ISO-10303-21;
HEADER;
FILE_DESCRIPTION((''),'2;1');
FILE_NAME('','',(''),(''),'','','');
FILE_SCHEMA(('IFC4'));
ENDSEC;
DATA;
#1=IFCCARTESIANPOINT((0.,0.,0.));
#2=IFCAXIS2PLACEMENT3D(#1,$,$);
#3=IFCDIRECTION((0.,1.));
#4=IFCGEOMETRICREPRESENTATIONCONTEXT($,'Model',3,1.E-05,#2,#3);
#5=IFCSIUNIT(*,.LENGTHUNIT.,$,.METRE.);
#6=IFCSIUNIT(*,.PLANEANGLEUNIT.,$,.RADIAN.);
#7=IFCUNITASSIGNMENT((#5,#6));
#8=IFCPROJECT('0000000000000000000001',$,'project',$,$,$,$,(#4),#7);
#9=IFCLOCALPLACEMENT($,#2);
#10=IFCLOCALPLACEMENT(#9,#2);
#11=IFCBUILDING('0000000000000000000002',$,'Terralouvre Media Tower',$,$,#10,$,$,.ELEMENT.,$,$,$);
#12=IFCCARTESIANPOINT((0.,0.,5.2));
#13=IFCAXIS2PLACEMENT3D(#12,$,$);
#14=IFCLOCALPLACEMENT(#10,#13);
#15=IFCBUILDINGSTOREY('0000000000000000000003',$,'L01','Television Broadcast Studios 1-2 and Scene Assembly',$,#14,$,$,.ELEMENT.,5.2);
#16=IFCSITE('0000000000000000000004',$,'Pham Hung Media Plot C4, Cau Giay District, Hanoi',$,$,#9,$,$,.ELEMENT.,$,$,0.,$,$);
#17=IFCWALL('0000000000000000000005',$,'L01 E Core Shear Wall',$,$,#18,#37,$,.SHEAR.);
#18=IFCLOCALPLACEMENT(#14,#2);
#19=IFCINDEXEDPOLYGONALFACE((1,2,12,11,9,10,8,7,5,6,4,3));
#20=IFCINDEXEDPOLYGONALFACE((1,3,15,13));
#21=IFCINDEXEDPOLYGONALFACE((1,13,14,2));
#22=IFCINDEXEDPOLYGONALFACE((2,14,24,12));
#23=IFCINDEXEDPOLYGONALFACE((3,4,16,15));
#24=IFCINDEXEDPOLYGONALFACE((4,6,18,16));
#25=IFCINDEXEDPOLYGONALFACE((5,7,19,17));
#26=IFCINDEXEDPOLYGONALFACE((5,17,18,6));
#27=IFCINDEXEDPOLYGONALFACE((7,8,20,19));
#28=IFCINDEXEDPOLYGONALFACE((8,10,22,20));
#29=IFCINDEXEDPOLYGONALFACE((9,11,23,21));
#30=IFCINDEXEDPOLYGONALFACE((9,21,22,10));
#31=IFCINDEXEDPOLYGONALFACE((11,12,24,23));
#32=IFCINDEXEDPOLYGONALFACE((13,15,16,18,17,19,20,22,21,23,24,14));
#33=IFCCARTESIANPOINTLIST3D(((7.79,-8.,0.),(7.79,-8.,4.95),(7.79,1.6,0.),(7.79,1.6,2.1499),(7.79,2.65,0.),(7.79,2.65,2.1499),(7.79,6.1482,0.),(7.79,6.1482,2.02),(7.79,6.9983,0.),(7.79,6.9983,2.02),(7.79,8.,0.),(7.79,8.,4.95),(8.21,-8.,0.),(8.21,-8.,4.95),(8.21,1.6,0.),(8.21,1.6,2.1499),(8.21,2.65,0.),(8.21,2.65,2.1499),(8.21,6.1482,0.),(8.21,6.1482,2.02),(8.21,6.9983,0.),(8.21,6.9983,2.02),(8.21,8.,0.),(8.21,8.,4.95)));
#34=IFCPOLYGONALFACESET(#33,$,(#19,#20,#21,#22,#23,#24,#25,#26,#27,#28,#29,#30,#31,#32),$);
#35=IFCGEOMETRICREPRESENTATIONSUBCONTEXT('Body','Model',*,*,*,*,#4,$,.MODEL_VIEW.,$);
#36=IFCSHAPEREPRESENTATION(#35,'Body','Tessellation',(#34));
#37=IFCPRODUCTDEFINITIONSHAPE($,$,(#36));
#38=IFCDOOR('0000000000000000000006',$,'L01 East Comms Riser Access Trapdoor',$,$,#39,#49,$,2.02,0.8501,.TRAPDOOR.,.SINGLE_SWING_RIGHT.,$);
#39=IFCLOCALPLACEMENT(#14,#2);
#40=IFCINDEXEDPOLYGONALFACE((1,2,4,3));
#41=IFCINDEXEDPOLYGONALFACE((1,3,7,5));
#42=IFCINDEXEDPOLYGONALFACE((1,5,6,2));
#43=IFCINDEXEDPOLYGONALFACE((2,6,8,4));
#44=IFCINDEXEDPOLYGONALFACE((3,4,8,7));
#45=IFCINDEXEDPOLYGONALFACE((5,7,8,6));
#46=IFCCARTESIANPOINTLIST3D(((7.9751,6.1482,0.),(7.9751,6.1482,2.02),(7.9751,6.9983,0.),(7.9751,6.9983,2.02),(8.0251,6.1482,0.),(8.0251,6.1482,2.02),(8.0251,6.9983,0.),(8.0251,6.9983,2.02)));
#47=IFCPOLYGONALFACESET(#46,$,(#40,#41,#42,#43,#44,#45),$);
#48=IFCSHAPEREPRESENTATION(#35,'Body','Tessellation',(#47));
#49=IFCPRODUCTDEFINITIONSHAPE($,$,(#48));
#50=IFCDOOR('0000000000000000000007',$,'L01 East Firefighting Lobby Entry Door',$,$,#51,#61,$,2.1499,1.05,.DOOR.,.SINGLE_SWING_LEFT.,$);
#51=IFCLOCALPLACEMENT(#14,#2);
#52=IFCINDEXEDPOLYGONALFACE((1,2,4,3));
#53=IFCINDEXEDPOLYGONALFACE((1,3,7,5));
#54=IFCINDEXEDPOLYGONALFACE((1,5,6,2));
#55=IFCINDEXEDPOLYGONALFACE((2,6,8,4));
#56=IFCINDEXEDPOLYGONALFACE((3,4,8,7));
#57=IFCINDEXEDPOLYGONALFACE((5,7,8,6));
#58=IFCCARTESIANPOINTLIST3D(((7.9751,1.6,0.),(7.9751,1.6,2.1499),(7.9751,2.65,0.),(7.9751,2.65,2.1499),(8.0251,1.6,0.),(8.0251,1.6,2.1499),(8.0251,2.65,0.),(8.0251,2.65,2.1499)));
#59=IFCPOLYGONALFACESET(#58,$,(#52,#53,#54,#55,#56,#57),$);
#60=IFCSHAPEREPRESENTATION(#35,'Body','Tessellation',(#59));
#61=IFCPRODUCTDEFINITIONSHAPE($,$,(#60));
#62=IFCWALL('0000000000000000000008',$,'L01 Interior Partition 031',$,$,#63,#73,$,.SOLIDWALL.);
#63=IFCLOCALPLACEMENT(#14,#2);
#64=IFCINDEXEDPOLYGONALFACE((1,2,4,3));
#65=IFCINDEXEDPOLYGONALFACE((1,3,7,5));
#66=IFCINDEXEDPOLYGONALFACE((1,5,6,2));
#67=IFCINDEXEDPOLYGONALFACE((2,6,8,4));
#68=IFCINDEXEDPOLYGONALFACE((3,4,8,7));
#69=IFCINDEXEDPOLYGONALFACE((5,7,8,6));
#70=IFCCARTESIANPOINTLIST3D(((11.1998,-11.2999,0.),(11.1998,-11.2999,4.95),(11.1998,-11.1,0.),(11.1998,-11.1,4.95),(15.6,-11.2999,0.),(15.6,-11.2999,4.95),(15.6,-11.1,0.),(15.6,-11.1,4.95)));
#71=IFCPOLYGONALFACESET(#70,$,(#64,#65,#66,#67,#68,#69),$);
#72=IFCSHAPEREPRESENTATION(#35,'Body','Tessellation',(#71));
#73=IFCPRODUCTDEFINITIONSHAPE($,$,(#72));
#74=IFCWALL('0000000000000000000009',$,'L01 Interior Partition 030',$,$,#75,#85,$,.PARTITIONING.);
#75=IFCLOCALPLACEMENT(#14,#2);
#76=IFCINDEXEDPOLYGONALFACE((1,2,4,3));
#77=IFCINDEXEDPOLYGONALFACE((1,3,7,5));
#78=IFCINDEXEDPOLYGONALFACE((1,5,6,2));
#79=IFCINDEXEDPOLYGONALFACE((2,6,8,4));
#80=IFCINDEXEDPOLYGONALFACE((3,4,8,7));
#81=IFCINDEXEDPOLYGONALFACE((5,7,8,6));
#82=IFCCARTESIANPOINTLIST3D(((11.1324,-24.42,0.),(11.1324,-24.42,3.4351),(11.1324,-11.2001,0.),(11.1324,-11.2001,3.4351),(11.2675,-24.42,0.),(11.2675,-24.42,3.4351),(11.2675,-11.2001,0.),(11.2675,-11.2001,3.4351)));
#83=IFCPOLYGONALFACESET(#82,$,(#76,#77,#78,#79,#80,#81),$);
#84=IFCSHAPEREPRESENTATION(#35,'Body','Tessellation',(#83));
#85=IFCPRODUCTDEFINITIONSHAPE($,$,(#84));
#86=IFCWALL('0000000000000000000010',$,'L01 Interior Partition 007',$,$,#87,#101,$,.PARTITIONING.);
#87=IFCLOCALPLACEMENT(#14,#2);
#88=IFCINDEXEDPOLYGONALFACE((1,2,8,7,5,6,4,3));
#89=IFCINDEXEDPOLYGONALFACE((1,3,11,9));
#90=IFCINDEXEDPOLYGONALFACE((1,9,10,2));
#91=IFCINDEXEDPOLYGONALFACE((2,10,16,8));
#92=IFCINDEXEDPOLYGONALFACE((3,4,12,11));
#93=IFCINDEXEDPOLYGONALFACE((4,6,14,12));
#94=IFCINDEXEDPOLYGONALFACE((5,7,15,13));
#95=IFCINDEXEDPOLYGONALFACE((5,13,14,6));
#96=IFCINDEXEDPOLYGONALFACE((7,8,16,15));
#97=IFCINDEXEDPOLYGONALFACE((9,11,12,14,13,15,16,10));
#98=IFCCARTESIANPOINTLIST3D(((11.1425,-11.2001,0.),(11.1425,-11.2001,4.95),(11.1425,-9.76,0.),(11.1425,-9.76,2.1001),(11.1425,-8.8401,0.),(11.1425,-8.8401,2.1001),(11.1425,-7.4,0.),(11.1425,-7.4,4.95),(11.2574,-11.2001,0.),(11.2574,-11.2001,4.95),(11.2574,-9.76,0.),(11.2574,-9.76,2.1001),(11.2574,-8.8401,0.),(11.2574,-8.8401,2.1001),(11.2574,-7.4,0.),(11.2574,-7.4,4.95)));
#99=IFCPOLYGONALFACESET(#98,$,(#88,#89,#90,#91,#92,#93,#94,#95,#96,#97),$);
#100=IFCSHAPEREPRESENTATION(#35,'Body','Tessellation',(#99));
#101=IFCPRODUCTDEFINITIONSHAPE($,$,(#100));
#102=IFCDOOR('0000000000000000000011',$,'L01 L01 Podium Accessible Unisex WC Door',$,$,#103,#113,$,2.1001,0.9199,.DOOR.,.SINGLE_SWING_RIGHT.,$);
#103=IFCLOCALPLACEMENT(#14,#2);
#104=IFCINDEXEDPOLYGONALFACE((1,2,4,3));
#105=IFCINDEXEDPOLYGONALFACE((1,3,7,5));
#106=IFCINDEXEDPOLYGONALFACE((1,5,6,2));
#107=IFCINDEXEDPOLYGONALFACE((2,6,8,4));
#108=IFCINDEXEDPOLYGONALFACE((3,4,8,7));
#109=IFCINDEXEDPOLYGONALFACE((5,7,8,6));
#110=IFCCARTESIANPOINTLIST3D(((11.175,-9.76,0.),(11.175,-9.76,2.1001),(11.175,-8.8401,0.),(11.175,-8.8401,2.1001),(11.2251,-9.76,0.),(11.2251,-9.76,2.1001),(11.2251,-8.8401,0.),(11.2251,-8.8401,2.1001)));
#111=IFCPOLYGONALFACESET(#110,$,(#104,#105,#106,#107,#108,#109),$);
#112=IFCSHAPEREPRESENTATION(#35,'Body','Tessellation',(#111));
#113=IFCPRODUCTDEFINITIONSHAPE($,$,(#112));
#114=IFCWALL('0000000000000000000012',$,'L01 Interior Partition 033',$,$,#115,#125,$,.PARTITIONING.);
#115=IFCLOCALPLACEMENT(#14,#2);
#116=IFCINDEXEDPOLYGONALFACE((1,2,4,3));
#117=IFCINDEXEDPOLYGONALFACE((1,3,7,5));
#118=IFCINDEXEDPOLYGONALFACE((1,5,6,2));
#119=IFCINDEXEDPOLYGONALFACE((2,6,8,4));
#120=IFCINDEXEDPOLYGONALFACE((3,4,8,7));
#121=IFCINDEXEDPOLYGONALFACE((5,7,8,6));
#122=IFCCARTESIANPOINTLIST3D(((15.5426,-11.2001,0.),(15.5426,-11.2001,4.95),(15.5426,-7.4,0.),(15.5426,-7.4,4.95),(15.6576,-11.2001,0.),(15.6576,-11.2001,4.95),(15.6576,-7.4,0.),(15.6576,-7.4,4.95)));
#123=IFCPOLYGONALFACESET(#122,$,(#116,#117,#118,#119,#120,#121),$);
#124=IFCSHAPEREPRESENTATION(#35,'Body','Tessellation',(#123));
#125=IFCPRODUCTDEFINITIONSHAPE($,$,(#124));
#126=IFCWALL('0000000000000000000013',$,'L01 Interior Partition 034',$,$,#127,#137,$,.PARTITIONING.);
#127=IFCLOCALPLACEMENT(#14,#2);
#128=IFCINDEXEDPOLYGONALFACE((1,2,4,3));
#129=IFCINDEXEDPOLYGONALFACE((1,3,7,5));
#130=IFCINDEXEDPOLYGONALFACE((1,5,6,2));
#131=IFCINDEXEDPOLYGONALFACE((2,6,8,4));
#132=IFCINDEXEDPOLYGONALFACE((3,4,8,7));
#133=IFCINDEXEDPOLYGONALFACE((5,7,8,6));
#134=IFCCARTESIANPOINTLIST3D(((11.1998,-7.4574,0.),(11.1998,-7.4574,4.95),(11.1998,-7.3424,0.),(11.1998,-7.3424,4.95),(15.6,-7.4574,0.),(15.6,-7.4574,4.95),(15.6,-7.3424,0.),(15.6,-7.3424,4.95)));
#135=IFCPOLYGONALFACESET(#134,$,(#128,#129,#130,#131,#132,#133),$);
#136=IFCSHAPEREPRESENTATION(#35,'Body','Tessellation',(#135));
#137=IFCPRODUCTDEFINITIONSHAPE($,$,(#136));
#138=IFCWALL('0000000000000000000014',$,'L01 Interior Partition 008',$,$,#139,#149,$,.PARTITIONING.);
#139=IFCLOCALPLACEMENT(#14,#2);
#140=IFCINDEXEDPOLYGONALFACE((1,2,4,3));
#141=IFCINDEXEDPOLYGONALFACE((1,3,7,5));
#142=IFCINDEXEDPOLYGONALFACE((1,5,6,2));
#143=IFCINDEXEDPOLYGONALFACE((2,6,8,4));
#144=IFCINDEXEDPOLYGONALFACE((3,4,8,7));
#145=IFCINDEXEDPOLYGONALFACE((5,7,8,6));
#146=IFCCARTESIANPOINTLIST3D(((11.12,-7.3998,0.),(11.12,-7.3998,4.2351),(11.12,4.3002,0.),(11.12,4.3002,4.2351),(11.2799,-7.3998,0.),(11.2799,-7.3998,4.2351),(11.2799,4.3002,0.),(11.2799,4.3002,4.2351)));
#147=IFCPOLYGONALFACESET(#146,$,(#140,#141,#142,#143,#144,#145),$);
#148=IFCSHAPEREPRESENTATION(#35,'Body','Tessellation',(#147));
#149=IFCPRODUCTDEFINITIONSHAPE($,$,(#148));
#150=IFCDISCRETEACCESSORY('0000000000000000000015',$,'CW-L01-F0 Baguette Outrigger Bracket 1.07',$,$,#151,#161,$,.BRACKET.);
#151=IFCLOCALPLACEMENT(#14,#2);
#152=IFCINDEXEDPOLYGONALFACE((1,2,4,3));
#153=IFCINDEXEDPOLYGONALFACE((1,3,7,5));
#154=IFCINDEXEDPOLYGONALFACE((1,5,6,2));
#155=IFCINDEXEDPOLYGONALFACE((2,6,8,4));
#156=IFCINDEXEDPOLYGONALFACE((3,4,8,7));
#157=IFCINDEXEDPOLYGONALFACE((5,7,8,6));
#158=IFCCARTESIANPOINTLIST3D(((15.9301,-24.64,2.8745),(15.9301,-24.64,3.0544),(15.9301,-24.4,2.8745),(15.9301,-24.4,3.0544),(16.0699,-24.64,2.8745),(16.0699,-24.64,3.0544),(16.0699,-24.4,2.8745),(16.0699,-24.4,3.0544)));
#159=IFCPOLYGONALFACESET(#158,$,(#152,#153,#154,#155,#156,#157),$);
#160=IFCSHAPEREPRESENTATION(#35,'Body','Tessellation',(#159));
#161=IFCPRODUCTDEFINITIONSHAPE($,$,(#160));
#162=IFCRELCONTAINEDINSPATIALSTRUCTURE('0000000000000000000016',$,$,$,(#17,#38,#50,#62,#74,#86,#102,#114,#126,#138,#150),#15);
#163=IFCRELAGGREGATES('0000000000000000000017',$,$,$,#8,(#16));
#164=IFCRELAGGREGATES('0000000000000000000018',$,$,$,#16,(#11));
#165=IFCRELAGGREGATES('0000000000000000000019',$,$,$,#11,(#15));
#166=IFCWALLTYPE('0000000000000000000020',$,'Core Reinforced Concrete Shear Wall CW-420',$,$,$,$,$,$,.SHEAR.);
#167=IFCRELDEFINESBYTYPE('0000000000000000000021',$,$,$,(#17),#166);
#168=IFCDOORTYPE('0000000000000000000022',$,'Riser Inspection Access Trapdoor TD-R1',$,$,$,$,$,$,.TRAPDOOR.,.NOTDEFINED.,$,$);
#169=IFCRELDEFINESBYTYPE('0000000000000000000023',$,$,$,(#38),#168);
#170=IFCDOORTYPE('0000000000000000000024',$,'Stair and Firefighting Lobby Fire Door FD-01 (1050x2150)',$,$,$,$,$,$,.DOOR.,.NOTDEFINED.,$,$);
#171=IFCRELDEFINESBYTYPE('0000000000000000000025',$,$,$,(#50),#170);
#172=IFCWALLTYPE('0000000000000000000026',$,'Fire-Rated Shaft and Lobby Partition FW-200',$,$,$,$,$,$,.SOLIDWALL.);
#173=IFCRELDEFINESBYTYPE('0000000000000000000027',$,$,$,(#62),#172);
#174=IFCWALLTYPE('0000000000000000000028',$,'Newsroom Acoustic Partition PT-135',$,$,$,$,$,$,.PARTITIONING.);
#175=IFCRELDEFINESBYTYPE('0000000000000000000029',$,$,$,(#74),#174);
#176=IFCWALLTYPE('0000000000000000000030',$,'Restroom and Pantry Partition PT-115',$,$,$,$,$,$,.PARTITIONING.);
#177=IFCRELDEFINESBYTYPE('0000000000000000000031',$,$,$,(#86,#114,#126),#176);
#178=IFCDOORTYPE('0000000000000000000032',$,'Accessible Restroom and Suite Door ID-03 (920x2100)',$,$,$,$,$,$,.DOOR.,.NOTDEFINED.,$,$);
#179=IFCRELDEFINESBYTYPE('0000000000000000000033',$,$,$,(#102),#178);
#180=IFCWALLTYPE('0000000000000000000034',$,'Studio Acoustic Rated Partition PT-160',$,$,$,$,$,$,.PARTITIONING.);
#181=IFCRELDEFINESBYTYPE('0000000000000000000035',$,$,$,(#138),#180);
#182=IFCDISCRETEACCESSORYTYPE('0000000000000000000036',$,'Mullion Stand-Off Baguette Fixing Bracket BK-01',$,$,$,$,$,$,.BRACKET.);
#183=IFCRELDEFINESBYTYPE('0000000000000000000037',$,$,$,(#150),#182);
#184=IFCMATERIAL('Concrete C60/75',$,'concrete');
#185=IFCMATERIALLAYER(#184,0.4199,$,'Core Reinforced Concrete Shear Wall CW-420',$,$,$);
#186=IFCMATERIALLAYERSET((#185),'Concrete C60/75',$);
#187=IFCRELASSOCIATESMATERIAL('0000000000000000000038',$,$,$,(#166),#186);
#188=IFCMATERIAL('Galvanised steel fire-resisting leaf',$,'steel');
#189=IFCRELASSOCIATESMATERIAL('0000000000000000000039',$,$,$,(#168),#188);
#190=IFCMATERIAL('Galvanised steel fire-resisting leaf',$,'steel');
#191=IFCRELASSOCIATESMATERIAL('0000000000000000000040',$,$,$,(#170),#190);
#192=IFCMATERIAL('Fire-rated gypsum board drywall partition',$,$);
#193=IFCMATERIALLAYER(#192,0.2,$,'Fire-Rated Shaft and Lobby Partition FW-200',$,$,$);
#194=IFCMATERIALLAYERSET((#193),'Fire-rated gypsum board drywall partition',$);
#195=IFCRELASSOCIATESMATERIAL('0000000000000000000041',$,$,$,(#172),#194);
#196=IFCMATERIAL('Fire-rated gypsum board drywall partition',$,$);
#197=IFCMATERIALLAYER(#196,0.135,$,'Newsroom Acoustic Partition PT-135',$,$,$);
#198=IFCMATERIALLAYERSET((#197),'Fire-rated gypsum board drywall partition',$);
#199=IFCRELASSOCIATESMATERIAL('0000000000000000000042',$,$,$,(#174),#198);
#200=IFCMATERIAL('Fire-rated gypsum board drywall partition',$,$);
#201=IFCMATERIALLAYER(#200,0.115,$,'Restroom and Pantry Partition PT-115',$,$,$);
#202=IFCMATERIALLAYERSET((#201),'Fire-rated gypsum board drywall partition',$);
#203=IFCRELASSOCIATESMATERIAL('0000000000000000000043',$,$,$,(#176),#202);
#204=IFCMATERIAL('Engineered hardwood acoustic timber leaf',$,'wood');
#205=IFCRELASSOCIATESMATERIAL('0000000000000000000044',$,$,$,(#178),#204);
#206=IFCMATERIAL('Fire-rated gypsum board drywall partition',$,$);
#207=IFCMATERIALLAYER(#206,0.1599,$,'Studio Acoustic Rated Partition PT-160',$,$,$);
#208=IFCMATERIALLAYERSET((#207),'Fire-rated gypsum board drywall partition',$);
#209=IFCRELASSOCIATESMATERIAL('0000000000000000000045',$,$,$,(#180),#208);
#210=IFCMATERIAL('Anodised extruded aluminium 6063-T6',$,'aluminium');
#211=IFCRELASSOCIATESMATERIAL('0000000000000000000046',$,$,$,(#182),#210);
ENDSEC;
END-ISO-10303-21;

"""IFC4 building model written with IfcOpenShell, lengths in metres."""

from ifc_helpers import new_model, si_unit, direction, frame, frame_2d, origin, origin_2d, place, context, subcontext, project, spatial, rectangle, extrude, material, layer, layer_set, type_object, element, fill, save


model = new_model("IFC4")

# Units and contexts
model_context = context("Model", 3, precision=1e-05, world=origin(), true_north=direction((0.0, 1.0)))
body_context = subcontext(model_context, "Body", "Model", "MODEL_VIEW")
ifc_project = project(units=[si_unit("LENGTHUNIT", "METRE"), si_unit("PLANEANGLEUNIT", "RADIAN")], contexts=[model_context])

# Site, building, storey
site_placement = place(None, origin())
site = spatial("IfcSite", under=ifc_project, at=site_placement, Name="Pham Hung Media Plot C4, Cau Giay District, Hanoi", CompositionType="ELEMENT", RefElevation=0.0)
building_placement = place(site_placement, origin())
building = spatial("IfcBuilding", under=site, at=building_placement, Name="Terralouvre Media Tower", CompositionType="ELEMENT")
storey_placement = place(building_placement, frame((0.0, 0.0, 5.2)))
storey = spatial("IfcBuildingStorey", under=building, at=storey_placement, Name="L01", Description="Television Broadcast Studios 1-2 and Scene Assembly", CompositionType="ELEMENT", Elevation=5.2)

# Wall, openings, doors
ifc_material_1 = material(Name="Concrete C60/75", Category="concrete")
ifc_layer_1 = layer(ifc_material_1, 0.4199, Name="Core Reinforced Concrete Shear Wall CW-420")
ifc_layer_set_1 = layer_set([ifc_layer_1], Name="Concrete C60/75")
wall_type_1 = type_object("IfcWallType", Name="Core Reinforced Concrete Shear Wall CW-420", PredefinedType="SHEAR", material=ifc_layer_set_1)
wall_1_placement = place(storey_placement, frame((8.0, -8.0, 0.0), z_axis=(0.0, 0.0, 1.0), x_axis=(0.0, 1.0, 0.0)))
wall_1 = element("IfcWall", 1, at=wall_1_placement, inside=storey, type_object=wall_type_1, Name="L01 E Core Shear Wall", PredefinedType="SHEAR", context=body_context, shape_type="SweptSolid", body=[
    extrude(rectangle(XDim=16.0, YDim=0.4199, at=frame_2d((8.0, 0.0))), origin(), (0.0, 0.0, 1.0), 4.95),
])
opening_1_placement = place(wall_1_placement, frame((9.6001, 0.0, 0.0)))
opening_1 = element("IfcOpeningElement", 2, at=opening_1_placement, cuts=wall_1, PredefinedType="OPENING", context=body_context, shape_type="SweptSolid", body=[
    extrude(rectangle(XDim=1.05, YDim=2.1499, at=frame_2d((0.5249, 1.075))), frame((0.0, 0.22, 0.0), z_axis=(0.0, -1.0, 0.0), x_axis=(1.0, 0.0, 0.0)), (0.0, 0.0, 1.0), 0.4399),
])
opening_2_placement = place(wall_1_placement, frame((14.1482, 0.0, 0.0)))
opening_2 = element("IfcOpeningElement", 3, at=opening_2_placement, cuts=wall_1, PredefinedType="OPENING", context=body_context, shape_type="SweptSolid", body=[
    extrude(rectangle(XDim=0.8501, YDim=2.02, at=frame_2d((0.425, 1.01))), frame((0.0, 0.22, 0.0), z_axis=(0.0, -1.0, 0.0), x_axis=(1.0, 0.0, 0.0)), (0.0, 0.0, 1.0), 0.4399),
])
ifc_material_2 = material(Name="Galvanised steel fire-resisting leaf", Category="steel")
door_type_1 = type_object("IfcDoorType", Name="Riser Inspection Access Trapdoor TD-R1", OperationType="NOTDEFINED", PredefinedType="TRAPDOOR", material=ifc_material_2)
door_1_placement = place(opening_2_placement, origin())
door_1 = element("IfcDoor", 4, at=door_1_placement, inside=storey, type_object=door_type_1, Name="L01 East Comms Riser Access Trapdoor", OperationType="SINGLE_SWING_RIGHT", OverallHeight=2.02, OverallWidth=0.8501, PredefinedType="TRAPDOOR", context=body_context, shape_type="SweptSolid", body=[
    extrude(rectangle(XDim=0.8501, YDim=2.02, at=frame_2d((0.425, 1.01))), frame((0.0, 0.0249, 0.0), z_axis=(0.0, -1.0, 0.0), x_axis=(1.0, 0.0, 0.0)), (0.0, 0.0, 1.0), 0.05),
])
fill(opening_2, door_1)
ifc_material_3 = material(Name="Galvanised steel fire-resisting leaf", Category="steel")
door_type_2 = type_object("IfcDoorType", Name="Stair and Firefighting Lobby Fire Door FD-01 (1050x2150)", OperationType="NOTDEFINED", PredefinedType="DOOR", material=ifc_material_3)
door_2_placement = place(opening_1_placement, origin())
door_2 = element("IfcDoor", 5, at=door_2_placement, inside=storey, type_object=door_type_2, Name="L01 East Firefighting Lobby Entry Door", OperationType="SINGLE_SWING_LEFT", OverallHeight=2.1499, OverallWidth=1.05, PredefinedType="DOOR", context=body_context, shape_type="SweptSolid", body=[
    extrude(rectangle(XDim=1.05, YDim=2.1499, at=frame_2d((0.5249, 1.075))), frame((0.0, 0.0249, 0.0), z_axis=(0.0, -1.0, 0.0), x_axis=(1.0, 0.0, 0.0)), (0.0, 0.0, 1.0), 0.05),
])
fill(opening_1, door_2)

# Walls
ifc_material_4 = material(Name="Fire-rated gypsum board drywall partition")
ifc_layer_2 = layer(ifc_material_4, 0.2, Name="Fire-Rated Shaft and Lobby Partition FW-200")
ifc_layer_set_2 = layer_set([ifc_layer_2], Name="Fire-rated gypsum board drywall partition")
wall_type_2 = type_object("IfcWallType", Name="Fire-Rated Shaft and Lobby Partition FW-200", PredefinedType="SOLIDWALL", material=ifc_layer_set_2)
wall_2_placement = place(storey_placement, frame((15.6001, -11.2, 0.0), z_axis=(0.0, 0.0, 1.0), x_axis=(-1.0, 0.0, 0.0)))
element("IfcWall", 6, at=wall_2_placement, inside=storey, type_object=wall_type_2, Name="L01 Interior Partition 031", PredefinedType="SOLIDWALL", context=body_context, shape_type="SweptSolid", body=[
    extrude(rectangle(XDim=4.4001, YDim=0.2, at=frame_2d((2.2002, 0.0))), origin(), (0.0, 0.0, 1.0), 4.95),
])
ifc_material_5 = material(Name="Fire-rated gypsum board drywall partition")
ifc_layer_3 = layer(ifc_material_5, 0.135, Name="Newsroom Acoustic Partition PT-135")
ifc_layer_set_3 = layer_set([ifc_layer_3], Name="Fire-rated gypsum board drywall partition")
wall_type_3 = type_object("IfcWallType", Name="Newsroom Acoustic Partition PT-135", PredefinedType="PARTITIONING", material=ifc_layer_set_3)
wall_3_placement = place(storey_placement, frame((11.2, -24.4199, 0.0), z_axis=(0.0, 0.0, 1.0), x_axis=(0.0, 1.0, 0.0)))
element("IfcWall", 7, at=wall_3_placement, inside=storey, type_object=wall_type_3, Name="L01 Interior Partition 030", PredefinedType="PARTITIONING", context=body_context, shape_type="SweptSolid", body=[
    extrude(rectangle(XDim=13.22, YDim=0.135, at=frame_2d((6.6099, 0.0))), origin(), (0.0, 0.0, 1.0), 3.4351),
])

# Wall, opening, door
ifc_material_6 = material(Name="Fire-rated gypsum board drywall partition")
ifc_layer_4 = layer(ifc_material_6, 0.115, Name="Restroom and Pantry Partition PT-115")
ifc_layer_set_4 = layer_set([ifc_layer_4], Name="Fire-rated gypsum board drywall partition")
wall_type_4 = type_object("IfcWallType", Name="Restroom and Pantry Partition PT-115", PredefinedType="PARTITIONING", material=ifc_layer_set_4)
wall_4_placement = place(storey_placement, frame((11.2, -11.2, 0.0), z_axis=(0.0, 0.0, 1.0), x_axis=(0.0, 1.0, 0.0)))
wall_4 = element("IfcWall", 8, at=wall_4_placement, inside=storey, type_object=wall_type_4, Name="L01 Interior Partition 007", PredefinedType="PARTITIONING", context=body_context, shape_type="SweptSolid", body=[
    extrude(rectangle(XDim=3.8, YDim=0.115, at=frame_2d((1.8999, 0.0))), origin(), (0.0, 0.0, 1.0), 4.95),
])
opening_3_placement = place(wall_4_placement, frame((1.4399, 0.0, 0.0)))
opening_3 = element("IfcOpeningElement", 9, at=opening_3_placement, cuts=wall_4, PredefinedType="OPENING", context=body_context, shape_type="SweptSolid", body=[
    extrude(rectangle(XDim=0.9199, YDim=2.1001, at=frame_2d((0.46, 1.05))), frame((0.0, 0.0674, 0.0), z_axis=(0.0, -1.0, 0.0), x_axis=(1.0, 0.0, 0.0)), (0.0, 0.0, 1.0), 0.135),
])
ifc_material_7 = material(Name="Engineered hardwood acoustic timber leaf", Category="wood")
door_type_3 = type_object("IfcDoorType", Name="Accessible Restroom and Suite Door ID-03 (920x2100)", OperationType="NOTDEFINED", PredefinedType="DOOR", material=ifc_material_7)
door_3_placement = place(opening_3_placement, origin())
door_3 = element("IfcDoor", 10, at=door_3_placement, inside=storey, type_object=door_type_3, Name="L01 L01 Podium Accessible Unisex WC Door", OperationType="SINGLE_SWING_RIGHT", OverallHeight=2.1001, OverallWidth=0.9199, PredefinedType="DOOR", context=body_context, shape_type="SweptSolid", body=[
    extrude(rectangle(XDim=0.9199, YDim=2.1001, at=frame_2d((0.46, 1.05))), frame((0.0, 0.0249, 0.0), z_axis=(0.0, -1.0, 0.0), x_axis=(1.0, 0.0, 0.0)), (0.0, 0.0, 1.0), 0.05),
])
fill(opening_3, door_3)

# Walls
wall_5_placement = place(storey_placement, frame((15.6001, -11.2, 0.0), z_axis=(0.0, 0.0, 1.0), x_axis=(0.0, 1.0, 0.0)))
element("IfcWall", 11, at=wall_5_placement, inside=storey, type_object=wall_type_4, Name="L01 Interior Partition 033", PredefinedType="PARTITIONING", context=body_context, shape_type="SweptSolid", body=[
    extrude(rectangle(XDim=3.8, YDim=0.115, at=frame_2d((1.8999, 0.0))), origin(), (0.0, 0.0, 1.0), 4.95),
])
wall_6_placement = place(storey_placement, frame((15.6001, -7.3999, 0.0), z_axis=(0.0, 0.0, 1.0), x_axis=(-1.0, 0.0, 0.0)))
element("IfcWall", 12, at=wall_6_placement, inside=storey, type_object=wall_type_4, Name="L01 Interior Partition 034", PredefinedType="PARTITIONING", context=body_context, shape_type="SweptSolid", body=[
    extrude(rectangle(XDim=4.4001, YDim=0.115, at=frame_2d((2.2002, 0.0))), origin(), (0.0, 0.0, 1.0), 4.95),
])
ifc_material_8 = material(Name="Fire-rated gypsum board drywall partition")
ifc_layer_5 = layer(ifc_material_8, 0.1599, Name="Studio Acoustic Rated Partition PT-160")
ifc_layer_set_5 = layer_set([ifc_layer_5], Name="Fire-rated gypsum board drywall partition")
wall_type_5 = type_object("IfcWallType", Name="Studio Acoustic Rated Partition PT-160", PredefinedType="PARTITIONING", material=ifc_layer_set_5)
wall_7_placement = place(storey_placement, frame((11.2, -7.3999, 0.0), z_axis=(0.0, 0.0, 1.0), x_axis=(0.0, 1.0, 0.0)))
element("IfcWall", 13, at=wall_7_placement, inside=storey, type_object=wall_type_5, Name="L01 Interior Partition 008", PredefinedType="PARTITIONING", context=body_context, shape_type="SweptSolid", body=[
    extrude(rectangle(XDim=11.7, YDim=0.1599, at=frame_2d((5.8501, 0.0))), origin(), (0.0, 0.0, 1.0), 4.2351),
])

# Discrete accessory
ifc_material_9 = material(Name="Anodised extruded aluminium 6063-T6", Category="aluminium")
discrete_accessory_type = type_object("IfcDiscreteAccessoryType", Name="Mullion Stand-Off Baguette Fixing Bracket BK-01", PredefinedType="BRACKET", material=ifc_material_9)
discrete_accessory_placement = place(storey_placement, frame((16.0, -24.52, 2.8745), z_axis=(0.0, 0.0, 1.0), x_axis=(1.0, 0.0, 0.0)))
element("IfcDiscreteAccessory", 14, at=discrete_accessory_placement, inside=storey, type_object=discrete_accessory_type, Name="CW-L01-F0 Baguette Outrigger Bracket 1.07", PredefinedType="BRACKET", context=body_context, shape_type="SweptSolid", body=[
    extrude(rectangle(XDim=0.1399, YDim=0.24, at=origin_2d()), origin(), (0.0, 0.0, 1.0), 0.1799),
])

save(model, "model.ifc")
